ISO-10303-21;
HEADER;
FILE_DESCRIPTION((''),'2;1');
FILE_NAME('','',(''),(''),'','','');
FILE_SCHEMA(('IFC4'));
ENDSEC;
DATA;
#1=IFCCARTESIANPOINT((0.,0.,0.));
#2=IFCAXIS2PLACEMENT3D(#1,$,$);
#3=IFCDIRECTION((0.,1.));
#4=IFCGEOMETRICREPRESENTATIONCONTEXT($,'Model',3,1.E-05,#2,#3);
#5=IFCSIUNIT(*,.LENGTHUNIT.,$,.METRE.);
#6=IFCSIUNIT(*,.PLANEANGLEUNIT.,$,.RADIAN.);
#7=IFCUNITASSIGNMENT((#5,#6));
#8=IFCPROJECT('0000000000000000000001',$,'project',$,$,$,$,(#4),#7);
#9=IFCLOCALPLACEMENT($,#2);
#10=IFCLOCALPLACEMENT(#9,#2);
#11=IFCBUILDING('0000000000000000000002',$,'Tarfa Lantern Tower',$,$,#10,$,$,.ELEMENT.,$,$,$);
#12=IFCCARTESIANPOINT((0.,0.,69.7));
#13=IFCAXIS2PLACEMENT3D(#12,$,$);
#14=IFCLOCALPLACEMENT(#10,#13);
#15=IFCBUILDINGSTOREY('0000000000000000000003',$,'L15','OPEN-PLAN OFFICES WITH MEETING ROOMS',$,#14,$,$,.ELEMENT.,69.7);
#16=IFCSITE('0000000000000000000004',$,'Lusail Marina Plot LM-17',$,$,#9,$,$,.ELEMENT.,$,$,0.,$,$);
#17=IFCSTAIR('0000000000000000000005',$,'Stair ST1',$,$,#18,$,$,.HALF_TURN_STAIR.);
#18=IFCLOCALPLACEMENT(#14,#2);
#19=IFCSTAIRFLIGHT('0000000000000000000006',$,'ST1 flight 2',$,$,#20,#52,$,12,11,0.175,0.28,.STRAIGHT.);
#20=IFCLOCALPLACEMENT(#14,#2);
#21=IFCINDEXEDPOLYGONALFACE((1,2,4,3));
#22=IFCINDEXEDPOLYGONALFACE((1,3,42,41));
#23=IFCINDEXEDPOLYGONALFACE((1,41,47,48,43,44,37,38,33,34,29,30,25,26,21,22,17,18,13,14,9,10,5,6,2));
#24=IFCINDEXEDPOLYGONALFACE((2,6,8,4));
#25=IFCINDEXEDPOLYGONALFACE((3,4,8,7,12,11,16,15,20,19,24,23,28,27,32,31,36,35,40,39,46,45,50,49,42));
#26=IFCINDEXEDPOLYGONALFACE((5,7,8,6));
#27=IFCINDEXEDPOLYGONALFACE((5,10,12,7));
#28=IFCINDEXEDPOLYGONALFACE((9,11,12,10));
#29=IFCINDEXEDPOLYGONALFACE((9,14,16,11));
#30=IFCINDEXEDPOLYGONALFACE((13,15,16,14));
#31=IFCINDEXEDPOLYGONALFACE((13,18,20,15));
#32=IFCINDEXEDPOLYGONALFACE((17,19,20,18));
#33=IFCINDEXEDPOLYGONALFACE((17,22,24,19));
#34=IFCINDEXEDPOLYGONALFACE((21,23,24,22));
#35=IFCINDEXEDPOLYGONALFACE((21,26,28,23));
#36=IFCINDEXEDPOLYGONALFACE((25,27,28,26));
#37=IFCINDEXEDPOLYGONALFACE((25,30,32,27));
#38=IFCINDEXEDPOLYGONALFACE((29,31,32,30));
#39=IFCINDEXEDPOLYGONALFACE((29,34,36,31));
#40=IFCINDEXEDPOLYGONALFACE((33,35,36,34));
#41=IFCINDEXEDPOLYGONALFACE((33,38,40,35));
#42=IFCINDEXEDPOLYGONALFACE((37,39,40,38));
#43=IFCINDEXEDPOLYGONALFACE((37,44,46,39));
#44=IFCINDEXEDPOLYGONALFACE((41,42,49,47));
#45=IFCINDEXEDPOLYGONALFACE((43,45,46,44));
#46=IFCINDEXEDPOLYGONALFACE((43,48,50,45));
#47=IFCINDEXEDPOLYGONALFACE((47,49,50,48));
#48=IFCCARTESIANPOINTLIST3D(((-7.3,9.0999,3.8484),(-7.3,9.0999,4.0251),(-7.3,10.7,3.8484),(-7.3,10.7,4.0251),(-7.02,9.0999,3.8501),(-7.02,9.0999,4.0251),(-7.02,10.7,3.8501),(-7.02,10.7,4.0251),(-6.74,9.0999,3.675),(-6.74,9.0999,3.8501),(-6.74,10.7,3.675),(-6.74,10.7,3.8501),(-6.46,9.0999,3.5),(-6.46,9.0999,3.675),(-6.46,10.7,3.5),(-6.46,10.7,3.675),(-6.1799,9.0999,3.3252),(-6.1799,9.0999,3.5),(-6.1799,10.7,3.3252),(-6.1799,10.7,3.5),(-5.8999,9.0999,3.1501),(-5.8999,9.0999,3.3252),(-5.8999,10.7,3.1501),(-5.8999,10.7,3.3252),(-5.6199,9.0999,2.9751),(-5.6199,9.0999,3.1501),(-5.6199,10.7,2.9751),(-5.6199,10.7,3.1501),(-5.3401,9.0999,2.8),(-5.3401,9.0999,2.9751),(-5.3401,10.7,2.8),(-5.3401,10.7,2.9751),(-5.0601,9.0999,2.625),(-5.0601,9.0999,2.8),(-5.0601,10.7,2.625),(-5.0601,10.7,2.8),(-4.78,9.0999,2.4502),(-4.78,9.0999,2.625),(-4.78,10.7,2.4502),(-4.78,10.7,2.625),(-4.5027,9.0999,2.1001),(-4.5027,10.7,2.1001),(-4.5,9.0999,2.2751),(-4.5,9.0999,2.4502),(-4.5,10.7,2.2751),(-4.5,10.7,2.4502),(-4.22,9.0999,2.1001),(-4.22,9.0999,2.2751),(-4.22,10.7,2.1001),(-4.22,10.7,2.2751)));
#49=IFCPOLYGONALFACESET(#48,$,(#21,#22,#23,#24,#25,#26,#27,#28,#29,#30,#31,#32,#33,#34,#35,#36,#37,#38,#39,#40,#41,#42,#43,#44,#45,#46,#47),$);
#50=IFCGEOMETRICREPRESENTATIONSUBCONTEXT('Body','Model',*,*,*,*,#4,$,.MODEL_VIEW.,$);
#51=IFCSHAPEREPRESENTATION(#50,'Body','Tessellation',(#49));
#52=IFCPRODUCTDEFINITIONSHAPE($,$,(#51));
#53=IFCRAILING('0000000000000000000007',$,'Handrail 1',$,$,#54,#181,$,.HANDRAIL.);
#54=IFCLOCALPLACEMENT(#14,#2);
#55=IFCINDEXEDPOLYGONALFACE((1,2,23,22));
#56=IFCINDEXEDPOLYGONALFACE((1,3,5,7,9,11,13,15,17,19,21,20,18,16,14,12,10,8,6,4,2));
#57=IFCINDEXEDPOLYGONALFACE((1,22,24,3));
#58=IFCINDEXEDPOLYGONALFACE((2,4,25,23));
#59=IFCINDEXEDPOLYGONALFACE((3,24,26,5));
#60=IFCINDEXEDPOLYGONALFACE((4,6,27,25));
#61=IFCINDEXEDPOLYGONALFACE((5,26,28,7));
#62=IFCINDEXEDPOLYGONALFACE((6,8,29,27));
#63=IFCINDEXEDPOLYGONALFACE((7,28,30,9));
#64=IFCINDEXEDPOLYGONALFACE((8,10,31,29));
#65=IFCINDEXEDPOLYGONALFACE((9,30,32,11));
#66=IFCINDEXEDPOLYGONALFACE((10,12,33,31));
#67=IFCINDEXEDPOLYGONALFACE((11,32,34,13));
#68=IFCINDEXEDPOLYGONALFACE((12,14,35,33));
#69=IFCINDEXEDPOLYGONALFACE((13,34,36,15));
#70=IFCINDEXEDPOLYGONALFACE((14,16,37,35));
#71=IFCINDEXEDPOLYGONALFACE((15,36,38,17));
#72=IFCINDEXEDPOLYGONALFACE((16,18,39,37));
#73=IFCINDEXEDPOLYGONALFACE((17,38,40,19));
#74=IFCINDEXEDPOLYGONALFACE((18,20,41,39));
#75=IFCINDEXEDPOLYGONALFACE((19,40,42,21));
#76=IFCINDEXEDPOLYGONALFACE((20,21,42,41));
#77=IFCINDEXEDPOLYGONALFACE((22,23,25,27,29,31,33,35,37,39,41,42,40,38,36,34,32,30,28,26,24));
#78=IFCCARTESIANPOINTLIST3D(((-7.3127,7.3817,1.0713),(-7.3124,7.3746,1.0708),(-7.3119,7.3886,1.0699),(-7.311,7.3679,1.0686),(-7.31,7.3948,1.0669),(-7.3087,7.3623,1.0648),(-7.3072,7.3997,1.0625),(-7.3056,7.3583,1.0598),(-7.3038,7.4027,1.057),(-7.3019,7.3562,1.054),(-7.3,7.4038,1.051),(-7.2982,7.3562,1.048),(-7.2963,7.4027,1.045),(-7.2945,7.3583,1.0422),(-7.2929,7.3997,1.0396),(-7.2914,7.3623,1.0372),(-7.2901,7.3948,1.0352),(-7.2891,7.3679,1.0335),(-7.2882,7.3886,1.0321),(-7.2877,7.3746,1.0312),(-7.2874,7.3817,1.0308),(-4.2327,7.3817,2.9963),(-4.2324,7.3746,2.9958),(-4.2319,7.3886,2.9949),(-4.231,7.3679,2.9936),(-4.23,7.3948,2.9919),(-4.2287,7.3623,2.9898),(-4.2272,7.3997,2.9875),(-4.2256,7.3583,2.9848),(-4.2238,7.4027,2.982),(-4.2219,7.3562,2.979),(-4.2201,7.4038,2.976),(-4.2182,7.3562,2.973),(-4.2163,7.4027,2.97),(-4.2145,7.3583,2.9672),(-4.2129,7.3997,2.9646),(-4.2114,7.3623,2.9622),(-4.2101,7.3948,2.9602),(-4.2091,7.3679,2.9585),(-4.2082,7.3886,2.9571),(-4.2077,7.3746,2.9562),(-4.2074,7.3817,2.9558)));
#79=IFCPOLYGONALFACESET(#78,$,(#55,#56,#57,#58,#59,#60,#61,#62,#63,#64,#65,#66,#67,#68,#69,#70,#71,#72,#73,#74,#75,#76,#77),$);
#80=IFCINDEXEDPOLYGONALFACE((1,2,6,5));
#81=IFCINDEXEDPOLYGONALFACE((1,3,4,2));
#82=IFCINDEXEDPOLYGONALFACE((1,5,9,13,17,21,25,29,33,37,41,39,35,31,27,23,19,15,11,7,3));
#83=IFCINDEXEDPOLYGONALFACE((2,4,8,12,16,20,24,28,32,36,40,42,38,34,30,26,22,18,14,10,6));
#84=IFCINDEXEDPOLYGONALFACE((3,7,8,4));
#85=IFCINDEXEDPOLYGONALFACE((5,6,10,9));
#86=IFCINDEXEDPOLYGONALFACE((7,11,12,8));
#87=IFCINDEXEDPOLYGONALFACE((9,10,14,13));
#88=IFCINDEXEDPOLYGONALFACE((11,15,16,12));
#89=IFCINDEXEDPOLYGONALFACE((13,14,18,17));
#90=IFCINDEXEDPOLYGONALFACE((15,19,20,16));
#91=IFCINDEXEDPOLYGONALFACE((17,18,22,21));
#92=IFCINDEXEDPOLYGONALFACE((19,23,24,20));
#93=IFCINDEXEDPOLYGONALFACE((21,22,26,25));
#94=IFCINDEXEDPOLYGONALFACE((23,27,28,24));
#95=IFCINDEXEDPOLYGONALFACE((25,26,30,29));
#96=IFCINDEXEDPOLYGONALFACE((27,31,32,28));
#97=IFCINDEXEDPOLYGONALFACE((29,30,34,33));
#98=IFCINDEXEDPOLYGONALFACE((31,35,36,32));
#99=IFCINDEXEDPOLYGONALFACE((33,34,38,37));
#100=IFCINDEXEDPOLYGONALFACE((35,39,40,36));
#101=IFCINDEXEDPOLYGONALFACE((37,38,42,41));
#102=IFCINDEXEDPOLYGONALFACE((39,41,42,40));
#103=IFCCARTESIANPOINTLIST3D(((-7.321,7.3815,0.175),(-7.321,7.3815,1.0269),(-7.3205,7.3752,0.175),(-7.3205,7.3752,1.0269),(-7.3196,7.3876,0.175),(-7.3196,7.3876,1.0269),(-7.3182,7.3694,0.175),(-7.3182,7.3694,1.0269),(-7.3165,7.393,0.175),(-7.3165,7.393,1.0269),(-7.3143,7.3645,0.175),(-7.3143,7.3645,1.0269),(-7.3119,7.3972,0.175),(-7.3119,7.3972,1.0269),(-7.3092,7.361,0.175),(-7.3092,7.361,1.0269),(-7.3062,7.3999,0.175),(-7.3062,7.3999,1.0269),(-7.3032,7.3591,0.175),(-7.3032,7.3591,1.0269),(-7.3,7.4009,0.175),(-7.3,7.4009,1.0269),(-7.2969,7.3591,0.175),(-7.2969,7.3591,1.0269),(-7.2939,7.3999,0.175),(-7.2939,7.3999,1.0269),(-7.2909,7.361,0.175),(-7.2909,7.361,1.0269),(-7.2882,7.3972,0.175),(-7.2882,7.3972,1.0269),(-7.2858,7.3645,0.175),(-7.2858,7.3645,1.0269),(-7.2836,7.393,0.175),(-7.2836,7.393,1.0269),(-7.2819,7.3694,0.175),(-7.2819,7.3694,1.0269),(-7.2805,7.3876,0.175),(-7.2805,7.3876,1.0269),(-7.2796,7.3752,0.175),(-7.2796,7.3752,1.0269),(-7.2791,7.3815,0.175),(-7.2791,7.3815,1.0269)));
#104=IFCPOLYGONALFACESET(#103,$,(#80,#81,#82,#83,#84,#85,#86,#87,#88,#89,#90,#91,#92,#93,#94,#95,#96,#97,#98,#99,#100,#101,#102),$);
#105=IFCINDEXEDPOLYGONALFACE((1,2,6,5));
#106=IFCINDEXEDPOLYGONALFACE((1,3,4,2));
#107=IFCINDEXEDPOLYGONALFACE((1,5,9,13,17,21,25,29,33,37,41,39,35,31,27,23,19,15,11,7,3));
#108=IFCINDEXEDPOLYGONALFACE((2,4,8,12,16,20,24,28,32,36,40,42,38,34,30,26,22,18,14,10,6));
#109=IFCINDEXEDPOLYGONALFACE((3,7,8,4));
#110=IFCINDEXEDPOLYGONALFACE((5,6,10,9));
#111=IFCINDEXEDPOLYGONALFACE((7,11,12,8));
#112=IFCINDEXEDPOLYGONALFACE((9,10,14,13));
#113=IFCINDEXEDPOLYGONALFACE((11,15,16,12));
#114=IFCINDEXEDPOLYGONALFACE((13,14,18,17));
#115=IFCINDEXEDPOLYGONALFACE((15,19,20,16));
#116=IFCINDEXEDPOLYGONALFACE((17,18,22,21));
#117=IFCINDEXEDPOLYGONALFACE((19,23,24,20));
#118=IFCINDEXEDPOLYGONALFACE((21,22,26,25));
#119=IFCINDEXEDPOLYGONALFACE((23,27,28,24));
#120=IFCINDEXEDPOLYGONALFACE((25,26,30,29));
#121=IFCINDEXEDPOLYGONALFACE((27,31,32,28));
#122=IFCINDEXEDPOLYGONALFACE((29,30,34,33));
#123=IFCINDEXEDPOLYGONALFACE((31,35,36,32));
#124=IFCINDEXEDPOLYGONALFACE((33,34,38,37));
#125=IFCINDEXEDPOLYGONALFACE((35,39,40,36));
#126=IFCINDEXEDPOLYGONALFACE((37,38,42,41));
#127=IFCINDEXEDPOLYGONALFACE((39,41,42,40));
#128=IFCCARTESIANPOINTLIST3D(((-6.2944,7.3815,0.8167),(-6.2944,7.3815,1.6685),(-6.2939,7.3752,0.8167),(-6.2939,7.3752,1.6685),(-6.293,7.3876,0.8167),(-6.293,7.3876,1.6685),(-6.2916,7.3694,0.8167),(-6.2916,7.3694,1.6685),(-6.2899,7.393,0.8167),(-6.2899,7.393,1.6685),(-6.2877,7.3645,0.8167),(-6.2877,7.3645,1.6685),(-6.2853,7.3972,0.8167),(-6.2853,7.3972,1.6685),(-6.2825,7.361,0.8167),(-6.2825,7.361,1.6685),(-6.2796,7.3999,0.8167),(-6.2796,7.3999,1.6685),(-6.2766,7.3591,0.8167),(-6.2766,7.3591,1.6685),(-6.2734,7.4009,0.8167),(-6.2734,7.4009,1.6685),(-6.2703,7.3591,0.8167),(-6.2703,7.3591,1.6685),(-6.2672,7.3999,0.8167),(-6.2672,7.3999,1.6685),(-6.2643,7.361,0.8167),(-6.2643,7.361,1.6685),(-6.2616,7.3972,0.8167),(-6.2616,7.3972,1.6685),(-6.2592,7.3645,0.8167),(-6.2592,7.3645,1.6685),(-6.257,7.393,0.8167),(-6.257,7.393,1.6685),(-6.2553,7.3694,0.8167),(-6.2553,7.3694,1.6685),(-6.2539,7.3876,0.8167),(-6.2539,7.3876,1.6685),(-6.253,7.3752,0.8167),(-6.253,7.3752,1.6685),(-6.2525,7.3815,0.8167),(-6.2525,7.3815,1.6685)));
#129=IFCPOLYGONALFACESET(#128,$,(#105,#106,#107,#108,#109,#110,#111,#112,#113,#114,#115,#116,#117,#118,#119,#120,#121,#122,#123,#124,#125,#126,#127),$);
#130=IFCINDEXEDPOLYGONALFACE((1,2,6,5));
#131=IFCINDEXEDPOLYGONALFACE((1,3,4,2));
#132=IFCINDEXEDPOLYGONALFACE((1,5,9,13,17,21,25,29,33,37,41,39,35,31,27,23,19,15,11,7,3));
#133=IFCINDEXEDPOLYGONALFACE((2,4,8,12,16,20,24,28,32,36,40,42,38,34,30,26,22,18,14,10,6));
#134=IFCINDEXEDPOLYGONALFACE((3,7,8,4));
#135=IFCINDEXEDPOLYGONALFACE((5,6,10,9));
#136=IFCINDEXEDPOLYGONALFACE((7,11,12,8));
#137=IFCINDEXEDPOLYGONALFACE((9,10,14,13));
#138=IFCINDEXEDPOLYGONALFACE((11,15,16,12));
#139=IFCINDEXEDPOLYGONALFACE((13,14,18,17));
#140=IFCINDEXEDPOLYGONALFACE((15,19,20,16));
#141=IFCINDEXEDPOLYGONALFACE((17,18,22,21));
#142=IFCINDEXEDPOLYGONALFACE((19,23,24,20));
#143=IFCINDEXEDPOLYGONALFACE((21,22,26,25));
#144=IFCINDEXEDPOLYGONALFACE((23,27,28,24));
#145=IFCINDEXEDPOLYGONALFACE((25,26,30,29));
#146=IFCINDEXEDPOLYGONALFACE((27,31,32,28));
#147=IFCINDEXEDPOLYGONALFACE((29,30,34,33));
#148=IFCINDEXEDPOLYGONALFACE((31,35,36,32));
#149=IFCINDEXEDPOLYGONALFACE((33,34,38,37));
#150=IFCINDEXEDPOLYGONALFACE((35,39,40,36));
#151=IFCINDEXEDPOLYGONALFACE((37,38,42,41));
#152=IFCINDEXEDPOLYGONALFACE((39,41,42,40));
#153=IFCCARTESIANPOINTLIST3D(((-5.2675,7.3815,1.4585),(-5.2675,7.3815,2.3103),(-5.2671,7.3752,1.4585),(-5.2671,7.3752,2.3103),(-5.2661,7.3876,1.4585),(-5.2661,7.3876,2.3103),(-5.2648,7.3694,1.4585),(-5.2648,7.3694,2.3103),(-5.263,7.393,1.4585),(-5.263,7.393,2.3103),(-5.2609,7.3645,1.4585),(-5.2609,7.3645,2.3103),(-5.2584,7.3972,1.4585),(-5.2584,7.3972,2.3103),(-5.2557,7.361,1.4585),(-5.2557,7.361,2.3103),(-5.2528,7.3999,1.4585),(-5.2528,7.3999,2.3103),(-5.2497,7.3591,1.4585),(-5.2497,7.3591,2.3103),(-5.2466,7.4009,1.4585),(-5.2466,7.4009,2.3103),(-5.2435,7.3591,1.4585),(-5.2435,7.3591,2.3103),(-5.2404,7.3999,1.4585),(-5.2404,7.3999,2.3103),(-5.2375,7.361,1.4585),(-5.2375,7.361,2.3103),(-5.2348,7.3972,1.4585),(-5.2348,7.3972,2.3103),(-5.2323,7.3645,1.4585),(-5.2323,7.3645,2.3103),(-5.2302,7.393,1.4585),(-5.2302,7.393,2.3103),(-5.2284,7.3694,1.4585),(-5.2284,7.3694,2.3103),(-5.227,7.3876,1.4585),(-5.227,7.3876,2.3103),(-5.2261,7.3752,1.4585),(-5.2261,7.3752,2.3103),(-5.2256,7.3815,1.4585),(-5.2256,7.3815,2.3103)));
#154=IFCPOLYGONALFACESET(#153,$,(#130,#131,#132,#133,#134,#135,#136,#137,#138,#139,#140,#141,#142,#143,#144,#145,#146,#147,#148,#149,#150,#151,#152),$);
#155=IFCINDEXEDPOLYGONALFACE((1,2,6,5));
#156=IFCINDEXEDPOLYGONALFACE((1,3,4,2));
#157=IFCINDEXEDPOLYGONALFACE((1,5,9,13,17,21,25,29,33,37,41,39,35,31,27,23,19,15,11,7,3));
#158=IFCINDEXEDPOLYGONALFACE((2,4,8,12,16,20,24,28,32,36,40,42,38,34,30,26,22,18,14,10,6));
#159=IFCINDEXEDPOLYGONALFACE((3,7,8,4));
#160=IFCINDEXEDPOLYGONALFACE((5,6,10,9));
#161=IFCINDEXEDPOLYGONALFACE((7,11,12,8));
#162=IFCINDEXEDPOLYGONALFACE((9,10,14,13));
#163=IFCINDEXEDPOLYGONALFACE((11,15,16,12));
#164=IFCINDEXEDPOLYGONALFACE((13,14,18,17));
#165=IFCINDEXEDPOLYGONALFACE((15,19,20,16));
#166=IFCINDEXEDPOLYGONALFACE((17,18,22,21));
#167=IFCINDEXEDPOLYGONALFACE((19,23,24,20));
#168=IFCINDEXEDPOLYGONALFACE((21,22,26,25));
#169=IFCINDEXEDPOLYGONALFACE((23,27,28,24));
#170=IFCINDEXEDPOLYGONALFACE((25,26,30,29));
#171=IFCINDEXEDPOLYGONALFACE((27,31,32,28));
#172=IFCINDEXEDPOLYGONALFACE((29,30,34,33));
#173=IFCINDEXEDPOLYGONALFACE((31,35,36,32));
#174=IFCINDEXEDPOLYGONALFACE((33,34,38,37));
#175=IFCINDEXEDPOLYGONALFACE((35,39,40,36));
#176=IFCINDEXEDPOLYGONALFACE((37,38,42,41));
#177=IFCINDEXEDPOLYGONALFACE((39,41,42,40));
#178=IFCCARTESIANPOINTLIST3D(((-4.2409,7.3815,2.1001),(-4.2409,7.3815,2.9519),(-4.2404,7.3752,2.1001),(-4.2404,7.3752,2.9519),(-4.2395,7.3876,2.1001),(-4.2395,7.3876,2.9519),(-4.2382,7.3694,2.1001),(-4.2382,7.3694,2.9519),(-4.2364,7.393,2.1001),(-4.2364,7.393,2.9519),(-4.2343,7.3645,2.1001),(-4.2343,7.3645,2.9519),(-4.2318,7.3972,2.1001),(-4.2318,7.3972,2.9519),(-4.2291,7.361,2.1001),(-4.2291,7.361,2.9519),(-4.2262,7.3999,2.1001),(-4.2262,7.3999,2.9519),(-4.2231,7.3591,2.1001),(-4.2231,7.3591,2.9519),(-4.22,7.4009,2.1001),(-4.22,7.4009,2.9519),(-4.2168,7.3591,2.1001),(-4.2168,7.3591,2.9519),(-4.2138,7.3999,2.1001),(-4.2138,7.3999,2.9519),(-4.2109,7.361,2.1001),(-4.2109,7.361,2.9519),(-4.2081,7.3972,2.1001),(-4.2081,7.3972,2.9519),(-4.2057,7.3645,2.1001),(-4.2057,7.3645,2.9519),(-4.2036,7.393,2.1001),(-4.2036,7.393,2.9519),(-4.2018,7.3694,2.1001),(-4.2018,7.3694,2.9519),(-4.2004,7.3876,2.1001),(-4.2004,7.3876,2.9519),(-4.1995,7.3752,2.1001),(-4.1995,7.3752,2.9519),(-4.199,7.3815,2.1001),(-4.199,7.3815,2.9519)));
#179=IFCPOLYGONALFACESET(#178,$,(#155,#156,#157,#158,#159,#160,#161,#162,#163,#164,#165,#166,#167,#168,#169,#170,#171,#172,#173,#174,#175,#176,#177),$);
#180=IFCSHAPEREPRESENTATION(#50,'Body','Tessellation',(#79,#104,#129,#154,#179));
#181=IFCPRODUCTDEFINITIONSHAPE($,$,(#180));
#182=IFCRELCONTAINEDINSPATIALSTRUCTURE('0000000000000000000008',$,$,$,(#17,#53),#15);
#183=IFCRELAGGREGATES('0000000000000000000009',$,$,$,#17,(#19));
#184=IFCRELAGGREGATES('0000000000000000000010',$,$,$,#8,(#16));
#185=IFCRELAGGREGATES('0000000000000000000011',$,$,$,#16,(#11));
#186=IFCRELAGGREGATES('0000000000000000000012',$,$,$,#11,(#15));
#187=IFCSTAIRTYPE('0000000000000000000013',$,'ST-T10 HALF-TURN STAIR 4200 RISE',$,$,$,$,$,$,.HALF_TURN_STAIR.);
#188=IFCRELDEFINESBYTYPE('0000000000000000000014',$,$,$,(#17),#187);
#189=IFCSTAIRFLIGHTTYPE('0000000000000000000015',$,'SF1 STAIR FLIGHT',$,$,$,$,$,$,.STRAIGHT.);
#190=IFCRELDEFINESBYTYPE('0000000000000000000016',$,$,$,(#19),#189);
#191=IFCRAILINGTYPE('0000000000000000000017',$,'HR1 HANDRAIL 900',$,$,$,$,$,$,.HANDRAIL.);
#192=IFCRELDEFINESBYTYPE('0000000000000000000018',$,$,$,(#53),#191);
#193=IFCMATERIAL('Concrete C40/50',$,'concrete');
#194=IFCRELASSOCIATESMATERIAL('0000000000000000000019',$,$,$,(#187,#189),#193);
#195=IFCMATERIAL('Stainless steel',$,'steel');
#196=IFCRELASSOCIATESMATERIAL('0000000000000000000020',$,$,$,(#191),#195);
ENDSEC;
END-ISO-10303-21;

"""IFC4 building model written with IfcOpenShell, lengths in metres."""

from ifc_helpers import new_model, si_unit, direction, frame, origin, origin_2d, place, context, subcontext, project, spatial, polyline, circle, outline, extrude, material, type_object, element, aggregate, save


model = new_model("IFC4")

# Units and contexts
model_context = context("Model", 3, precision=1e-05, world=origin(), true_north=direction((0.0, 1.0)))
body_context = subcontext(model_context, "Body", "Model", "MODEL_VIEW")
ifc_project = project(units=[si_unit("LENGTHUNIT", "METRE"), si_unit("PLANEANGLEUNIT", "RADIAN")], contexts=[model_context])

# Site, building, storey
site_placement = place(None, origin())
site = spatial("IfcSite", under=ifc_project, at=site_placement, Name="Lusail Marina Plot LM-17", CompositionType="ELEMENT", RefElevation=0.0)
building_placement = place(site_placement, origin())
building = spatial("IfcBuilding", under=site, at=building_placement, Name="Tarfa Lantern Tower", CompositionType="ELEMENT")
storey_placement = place(building_placement, frame((0.0, 0.0, 69.7)))
storey = spatial("IfcBuildingStorey", under=building, at=storey_placement, Name="L15", Description="OPEN-PLAN OFFICES WITH MEETING ROOMS", CompositionType="ELEMENT", Elevation=69.7)

# Stair, stair flight
ifc_material_1 = material(Name="Concrete C40/50", Category="concrete")
stair_type = type_object("IfcStairType", Name="ST-T10 HALF-TURN STAIR 4200 RISE", PredefinedType="HALF_TURN_STAIR", material=ifc_material_1)
stair_placement = place(storey_placement, origin())
stair = element("IfcStair", 1, at=stair_placement, inside=storey, type_object=stair_type, Name="Stair ST1", PredefinedType="HALF_TURN_STAIR")
stair_flight_type = type_object("IfcStairFlightType", Name="SF1 STAIR FLIGHT", PredefinedType="STRAIGHT", material=ifc_material_1)
stair_flight_1_placement = place(storey_placement, frame((-4.22, 9.8999, 2.1001), z_axis=(0.0, 0.0, 1.0), x_axis=(-1.0, 0.0, 0.0)))
stair_flight_1 = element("IfcStairFlight", 2, at=stair_flight_1_placement, type_object=stair_flight_type, Name="ST1 flight 2", NumberOfRisers=12, NumberOfTreads=11, PredefinedType="STRAIGHT", RiserHeight=0.175, TreadLength=0.28, context=body_context, shape_type="SweptSolid", body=[
    extrude(outline(polyline([(0.0, 0.0), (0.0, 0.175), (0.28, 0.175), (0.28, 0.3501), (0.5601, 0.3501), (0.5601, 0.5249), (0.8401, 0.5249), (0.8401, 0.7), (1.1201, 0.7), (1.1201, 0.875), (1.3999, 0.875), (1.3999, 1.05), (1.6799, 1.05), (1.6799, 1.2251), (1.96, 1.2251), (1.96, 1.3999), (2.24, 1.3999), (2.24, 1.575), (2.52, 1.575), (2.52, 1.75), (2.8, 1.75), (2.8, 1.925), (3.0801, 1.925), (3.0801, 2.1001), (3.0801, 1.7483), (0.2827, 0.0), (0.0, 0.0)])), frame((0.0, 0.8, 0.0), z_axis=(0.0, -1.0, 0.0), x_axis=(1.0, 0.0, 0.0)), (0.0, 0.0, 1.0), 1.6001),
])
aggregate(stair, [stair_flight_1])

# Railing
ifc_material_2 = material(Name="Stainless steel", Category="steel")
railing_type = type_object("IfcRailingType", Name="HR1 HANDRAIL 900", PredefinedType="HANDRAIL", material=ifc_material_2)
railing_1_placement = place(storey_placement, frame((-7.3, 7.3799, 0.175)))
element("IfcRailing", 3, at=railing_1_placement, inside=storey, type_object=railing_type, Name="Handrail 1", PredefinedType="HANDRAIL", context=body_context, shape_type="SweptSolid", body=[
    extrude(circle(Radius=0.0239, at=origin_2d()), frame((0.0, 0.0, 0.876), z_axis=(0.847998, 0.0, 0.529999), x_axis=(0.0, 1.0, 0.0)), (0.0, 0.0, 1.0), 3.6321),
    extrude(circle(Radius=0.021, at=origin_2d()), frame((0.0, 0.0, 0.0), z_axis=(0.0, 0.0, 1.0), x_axis=(0.0, 1.0, 0.0)), (0.0, 0.0, 1.0), 0.8518),
    extrude(circle(Radius=0.021, at=origin_2d()), frame((1.0266, 0.0, 0.6416), z_axis=(0.0, 0.0, 1.0), x_axis=(0.0, 1.0, 0.0)), (0.0, 0.0, 1.0), 0.8518),
    extrude(circle(Radius=0.021, at=origin_2d()), frame((2.0535, 0.0, 1.2834), z_axis=(0.0, 0.0, 1.0), x_axis=(0.0, 1.0, 0.0)), (0.0, 0.0, 1.0), 0.8518),
    extrude(circle(Radius=0.021, at=origin_2d()), frame((3.0801, 0.0, 1.925), z_axis=(0.0, 0.0, 1.0), x_axis=(0.0, 1.0, 0.0)), (0.0, 0.0, 1.0), 0.8518),
])

save(model, "model.ifc")
